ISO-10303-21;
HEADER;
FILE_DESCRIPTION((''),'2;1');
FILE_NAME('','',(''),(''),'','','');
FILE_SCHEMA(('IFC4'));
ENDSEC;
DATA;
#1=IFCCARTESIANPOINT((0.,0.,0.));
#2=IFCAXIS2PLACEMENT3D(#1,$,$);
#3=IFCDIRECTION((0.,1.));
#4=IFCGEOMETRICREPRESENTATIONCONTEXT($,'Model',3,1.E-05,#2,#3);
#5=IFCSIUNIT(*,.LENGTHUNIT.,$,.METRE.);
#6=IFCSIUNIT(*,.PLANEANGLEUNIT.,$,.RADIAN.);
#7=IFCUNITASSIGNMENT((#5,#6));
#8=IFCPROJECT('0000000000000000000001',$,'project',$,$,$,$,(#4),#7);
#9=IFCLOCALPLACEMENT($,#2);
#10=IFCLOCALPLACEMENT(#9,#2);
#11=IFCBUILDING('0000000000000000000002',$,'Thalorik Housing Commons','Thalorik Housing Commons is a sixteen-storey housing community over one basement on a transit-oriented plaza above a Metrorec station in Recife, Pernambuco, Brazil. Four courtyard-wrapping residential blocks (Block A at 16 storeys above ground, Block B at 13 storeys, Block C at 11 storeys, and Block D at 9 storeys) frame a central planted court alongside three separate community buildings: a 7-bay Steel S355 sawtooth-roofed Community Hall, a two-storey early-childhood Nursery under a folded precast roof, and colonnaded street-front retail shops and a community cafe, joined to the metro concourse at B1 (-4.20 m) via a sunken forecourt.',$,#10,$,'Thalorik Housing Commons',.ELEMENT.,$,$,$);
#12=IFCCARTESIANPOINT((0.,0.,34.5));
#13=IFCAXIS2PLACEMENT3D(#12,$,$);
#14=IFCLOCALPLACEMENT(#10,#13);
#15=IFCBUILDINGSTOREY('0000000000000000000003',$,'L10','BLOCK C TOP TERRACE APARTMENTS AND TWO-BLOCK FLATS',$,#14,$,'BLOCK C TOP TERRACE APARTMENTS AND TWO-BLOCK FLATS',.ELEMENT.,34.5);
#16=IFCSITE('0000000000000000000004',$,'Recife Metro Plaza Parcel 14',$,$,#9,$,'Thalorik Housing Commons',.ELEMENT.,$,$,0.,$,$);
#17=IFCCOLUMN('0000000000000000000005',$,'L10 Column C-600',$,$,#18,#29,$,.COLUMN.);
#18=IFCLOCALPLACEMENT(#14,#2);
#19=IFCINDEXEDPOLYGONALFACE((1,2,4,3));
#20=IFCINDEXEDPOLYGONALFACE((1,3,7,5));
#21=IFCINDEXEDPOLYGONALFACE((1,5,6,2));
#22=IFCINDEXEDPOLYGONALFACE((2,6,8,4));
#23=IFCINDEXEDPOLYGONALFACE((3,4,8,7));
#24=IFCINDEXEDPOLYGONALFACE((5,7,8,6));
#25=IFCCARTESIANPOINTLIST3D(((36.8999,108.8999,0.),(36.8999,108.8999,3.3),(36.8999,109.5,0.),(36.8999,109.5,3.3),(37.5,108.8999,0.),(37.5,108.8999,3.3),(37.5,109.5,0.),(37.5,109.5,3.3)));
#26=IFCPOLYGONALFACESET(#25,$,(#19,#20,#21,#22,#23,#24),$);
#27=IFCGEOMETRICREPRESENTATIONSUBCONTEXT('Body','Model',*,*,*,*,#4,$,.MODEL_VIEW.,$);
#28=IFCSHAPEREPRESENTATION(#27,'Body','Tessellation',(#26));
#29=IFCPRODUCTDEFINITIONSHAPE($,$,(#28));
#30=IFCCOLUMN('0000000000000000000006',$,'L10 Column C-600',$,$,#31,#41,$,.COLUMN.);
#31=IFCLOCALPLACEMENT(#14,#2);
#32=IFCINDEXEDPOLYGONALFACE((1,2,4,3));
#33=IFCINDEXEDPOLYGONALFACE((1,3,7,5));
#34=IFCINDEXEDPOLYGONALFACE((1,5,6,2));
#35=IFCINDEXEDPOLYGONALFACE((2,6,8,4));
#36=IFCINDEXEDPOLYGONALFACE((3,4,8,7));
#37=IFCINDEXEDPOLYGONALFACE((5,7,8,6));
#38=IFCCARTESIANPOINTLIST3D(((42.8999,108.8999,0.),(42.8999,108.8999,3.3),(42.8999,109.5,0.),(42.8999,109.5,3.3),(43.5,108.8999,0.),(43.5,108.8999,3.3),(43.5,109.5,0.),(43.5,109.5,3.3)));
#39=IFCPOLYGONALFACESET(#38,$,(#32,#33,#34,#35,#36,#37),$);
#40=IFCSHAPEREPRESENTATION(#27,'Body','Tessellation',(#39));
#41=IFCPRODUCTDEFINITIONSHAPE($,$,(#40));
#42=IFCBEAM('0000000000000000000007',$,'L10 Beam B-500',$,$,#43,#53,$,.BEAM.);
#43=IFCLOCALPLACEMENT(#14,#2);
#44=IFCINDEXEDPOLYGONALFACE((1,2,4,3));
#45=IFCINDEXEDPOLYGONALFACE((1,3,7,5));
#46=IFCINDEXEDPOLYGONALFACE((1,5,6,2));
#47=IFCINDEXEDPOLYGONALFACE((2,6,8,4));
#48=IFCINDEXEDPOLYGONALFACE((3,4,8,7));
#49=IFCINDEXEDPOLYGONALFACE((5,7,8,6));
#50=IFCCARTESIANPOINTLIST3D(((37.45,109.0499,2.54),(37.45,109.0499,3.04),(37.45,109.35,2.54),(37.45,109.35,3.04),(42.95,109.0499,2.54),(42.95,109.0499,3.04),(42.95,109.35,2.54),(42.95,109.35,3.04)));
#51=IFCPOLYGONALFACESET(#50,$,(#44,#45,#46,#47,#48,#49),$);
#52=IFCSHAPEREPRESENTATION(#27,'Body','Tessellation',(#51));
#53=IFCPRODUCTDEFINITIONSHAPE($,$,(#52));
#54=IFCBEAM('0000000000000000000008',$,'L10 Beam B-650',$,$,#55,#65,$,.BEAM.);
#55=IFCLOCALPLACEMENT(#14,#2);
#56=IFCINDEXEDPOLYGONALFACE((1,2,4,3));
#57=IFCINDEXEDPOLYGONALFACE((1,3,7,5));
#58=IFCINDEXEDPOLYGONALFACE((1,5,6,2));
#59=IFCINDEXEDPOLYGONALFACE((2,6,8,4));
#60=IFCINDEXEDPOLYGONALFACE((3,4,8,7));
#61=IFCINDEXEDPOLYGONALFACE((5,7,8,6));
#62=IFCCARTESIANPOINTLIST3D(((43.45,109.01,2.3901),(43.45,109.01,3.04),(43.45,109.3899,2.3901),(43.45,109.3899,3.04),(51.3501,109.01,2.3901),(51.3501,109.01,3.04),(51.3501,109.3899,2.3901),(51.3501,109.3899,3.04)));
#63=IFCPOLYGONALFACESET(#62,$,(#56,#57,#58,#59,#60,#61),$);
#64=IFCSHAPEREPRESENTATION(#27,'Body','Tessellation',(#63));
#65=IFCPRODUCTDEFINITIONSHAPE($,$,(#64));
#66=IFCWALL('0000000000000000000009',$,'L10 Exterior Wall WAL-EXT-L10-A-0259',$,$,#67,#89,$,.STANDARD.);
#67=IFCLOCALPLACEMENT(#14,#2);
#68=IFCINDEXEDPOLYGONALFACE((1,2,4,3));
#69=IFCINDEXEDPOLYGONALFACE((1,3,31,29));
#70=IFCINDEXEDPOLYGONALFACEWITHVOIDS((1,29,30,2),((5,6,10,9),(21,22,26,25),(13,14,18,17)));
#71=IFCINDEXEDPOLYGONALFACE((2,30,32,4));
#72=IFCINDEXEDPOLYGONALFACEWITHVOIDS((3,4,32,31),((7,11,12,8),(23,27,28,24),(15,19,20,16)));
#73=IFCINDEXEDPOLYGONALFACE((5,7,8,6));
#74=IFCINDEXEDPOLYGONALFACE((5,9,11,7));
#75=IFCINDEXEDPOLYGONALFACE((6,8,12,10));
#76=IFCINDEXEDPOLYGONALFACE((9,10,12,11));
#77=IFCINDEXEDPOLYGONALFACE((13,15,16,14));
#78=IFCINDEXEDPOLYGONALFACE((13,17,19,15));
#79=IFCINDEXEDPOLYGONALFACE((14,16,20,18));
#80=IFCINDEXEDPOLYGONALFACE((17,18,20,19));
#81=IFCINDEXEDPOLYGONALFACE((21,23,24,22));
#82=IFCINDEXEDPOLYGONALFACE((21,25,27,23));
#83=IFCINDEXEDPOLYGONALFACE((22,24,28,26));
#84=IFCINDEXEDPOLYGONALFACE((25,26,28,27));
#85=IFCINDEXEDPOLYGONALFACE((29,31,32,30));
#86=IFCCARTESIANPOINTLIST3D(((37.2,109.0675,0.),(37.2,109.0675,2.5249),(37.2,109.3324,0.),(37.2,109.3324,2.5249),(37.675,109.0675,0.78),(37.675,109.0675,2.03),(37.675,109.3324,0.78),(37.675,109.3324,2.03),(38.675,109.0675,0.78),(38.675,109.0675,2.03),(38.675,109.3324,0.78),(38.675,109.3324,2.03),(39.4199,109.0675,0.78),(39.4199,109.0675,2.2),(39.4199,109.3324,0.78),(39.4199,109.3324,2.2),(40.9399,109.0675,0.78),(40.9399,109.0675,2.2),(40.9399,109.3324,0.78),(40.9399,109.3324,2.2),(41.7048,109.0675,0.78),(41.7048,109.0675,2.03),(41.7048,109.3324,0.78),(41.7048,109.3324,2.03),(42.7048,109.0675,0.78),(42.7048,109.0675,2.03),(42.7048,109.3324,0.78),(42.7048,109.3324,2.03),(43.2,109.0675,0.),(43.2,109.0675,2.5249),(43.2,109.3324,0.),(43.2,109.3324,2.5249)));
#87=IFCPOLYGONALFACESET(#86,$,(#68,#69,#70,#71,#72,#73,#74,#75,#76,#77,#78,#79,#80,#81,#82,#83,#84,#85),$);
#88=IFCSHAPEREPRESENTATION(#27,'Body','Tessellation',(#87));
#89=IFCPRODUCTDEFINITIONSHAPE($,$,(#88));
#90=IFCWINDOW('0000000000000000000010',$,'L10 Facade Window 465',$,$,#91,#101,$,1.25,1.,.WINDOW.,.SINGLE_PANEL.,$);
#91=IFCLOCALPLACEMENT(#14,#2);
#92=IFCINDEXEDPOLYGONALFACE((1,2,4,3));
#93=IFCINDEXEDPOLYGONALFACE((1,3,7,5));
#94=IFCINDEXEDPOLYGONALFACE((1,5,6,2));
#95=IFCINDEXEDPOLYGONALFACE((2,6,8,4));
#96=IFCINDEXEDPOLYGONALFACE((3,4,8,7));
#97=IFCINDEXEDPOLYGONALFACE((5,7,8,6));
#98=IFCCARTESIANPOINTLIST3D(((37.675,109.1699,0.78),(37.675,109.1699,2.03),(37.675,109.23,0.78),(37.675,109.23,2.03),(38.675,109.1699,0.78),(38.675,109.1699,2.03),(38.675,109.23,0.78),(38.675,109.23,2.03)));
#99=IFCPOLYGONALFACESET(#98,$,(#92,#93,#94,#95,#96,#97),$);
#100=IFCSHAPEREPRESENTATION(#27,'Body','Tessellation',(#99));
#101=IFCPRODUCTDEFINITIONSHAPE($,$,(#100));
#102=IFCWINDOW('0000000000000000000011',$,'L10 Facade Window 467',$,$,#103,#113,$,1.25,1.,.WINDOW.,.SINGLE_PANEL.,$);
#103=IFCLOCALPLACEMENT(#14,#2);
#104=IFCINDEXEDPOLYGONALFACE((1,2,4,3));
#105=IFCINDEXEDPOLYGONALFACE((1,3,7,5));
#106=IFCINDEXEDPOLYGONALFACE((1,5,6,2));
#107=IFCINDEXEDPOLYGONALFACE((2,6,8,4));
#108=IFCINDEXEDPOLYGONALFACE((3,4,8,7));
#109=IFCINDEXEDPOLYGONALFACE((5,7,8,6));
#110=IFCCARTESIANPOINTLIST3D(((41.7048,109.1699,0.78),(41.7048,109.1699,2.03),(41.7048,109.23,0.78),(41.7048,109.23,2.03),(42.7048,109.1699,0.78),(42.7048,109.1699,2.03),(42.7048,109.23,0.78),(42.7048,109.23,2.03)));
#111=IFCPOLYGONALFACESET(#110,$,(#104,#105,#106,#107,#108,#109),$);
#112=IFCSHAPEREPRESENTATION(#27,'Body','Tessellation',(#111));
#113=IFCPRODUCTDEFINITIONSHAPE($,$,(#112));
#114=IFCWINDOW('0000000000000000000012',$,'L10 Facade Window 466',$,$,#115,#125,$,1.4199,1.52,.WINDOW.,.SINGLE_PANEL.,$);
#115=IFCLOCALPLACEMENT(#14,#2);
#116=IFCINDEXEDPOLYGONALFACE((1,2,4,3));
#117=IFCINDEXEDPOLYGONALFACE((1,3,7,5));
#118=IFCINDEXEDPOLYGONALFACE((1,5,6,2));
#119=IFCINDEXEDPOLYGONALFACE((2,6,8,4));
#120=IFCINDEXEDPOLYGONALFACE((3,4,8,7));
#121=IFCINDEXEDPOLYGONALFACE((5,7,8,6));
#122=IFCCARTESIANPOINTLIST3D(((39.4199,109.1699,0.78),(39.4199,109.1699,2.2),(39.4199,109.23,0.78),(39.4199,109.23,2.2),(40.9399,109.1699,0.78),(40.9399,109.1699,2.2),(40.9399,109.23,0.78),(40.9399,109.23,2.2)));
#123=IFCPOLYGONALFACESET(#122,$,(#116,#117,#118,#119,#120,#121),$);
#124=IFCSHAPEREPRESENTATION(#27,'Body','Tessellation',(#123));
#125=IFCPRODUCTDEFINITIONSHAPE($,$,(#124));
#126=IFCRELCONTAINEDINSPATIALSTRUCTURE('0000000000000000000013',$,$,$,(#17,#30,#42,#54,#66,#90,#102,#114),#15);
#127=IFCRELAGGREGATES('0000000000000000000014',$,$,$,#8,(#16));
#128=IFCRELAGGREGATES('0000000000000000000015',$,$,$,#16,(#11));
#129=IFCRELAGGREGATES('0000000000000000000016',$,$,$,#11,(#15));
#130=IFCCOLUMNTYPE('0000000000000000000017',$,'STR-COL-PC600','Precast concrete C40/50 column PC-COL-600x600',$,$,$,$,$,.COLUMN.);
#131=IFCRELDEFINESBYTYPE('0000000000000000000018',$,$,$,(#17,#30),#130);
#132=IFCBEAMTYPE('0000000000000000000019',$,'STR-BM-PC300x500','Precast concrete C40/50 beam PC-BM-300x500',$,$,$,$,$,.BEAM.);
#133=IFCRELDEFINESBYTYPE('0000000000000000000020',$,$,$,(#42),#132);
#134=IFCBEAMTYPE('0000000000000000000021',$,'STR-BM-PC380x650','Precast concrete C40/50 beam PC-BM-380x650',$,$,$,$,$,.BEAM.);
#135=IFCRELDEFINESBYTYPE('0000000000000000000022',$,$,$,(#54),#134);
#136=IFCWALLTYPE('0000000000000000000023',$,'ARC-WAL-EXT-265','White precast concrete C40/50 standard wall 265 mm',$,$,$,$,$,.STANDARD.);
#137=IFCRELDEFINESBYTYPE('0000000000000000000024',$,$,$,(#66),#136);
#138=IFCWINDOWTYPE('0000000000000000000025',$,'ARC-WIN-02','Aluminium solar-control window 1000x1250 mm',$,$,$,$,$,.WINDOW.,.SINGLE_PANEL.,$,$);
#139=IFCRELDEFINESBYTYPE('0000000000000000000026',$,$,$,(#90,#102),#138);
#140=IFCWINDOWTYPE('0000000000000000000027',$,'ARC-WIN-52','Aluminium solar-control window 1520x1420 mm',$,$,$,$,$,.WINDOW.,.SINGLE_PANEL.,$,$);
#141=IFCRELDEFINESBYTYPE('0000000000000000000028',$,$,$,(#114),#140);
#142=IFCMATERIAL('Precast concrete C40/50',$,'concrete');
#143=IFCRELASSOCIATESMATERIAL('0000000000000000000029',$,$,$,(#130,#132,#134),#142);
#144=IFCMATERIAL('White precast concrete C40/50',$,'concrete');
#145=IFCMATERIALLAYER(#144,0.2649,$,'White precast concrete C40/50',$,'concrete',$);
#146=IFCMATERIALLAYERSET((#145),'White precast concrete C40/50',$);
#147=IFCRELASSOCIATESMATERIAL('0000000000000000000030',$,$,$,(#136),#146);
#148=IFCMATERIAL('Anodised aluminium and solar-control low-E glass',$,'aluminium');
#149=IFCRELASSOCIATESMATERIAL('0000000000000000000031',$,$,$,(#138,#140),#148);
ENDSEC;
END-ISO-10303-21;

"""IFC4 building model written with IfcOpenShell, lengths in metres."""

from ifc_helpers import new_model, si_unit, direction, frame, frame_2d, origin, origin_2d, place, context, subcontext, project, spatial, rectangle, extrude, material, layer, layer_set, material_profile, profile_set, type_object, element, fill, save


model = new_model("IFC4")

# Units and contexts
model_context = context("Model", 3, precision=1e-05, world=origin(), true_north=direction((0.0, 1.0)))
body_context = subcontext(model_context, "Body", "Model", "MODEL_VIEW")
ifc_project = project(units=[si_unit("LENGTHUNIT", "METRE"), si_unit("PLANEANGLEUNIT", "RADIAN")], contexts=[model_context])

# Site, building, storey
site_placement = place(None, origin())
site = spatial("IfcSite", under=ifc_project, at=site_placement, Name="Recife Metro Plaza Parcel 14", LongName="Thalorik Housing Commons", CompositionType="ELEMENT", RefElevation=0.0)
building_placement = place(site_placement, origin())
building = spatial("IfcBuilding", under=site, at=building_placement, Name="Thalorik Housing Commons", Description="Thalorik Housing Commons is a sixteen-storey housing community over one basement on a transit-oriented plaza above a Metrorec station in Recife, Pernambuco, Brazil. Four courtyard-wrapping residential blocks (Block A at 16 storeys above ground, Block B at 13 storeys, Block C at 11 storeys, and Block D at 9 storeys) frame a central planted court alongside three separate community buildings: a 7-bay Steel S355 sawtooth-roofed Community Hall, a two-storey early-childhood Nursery under a folded precast roof, and colonnaded street-front retail shops and a community cafe, joined to the metro concourse at B1 (-4.20 m) via a sunken forecourt.", LongName="Thalorik Housing Commons", CompositionType="ELEMENT")
storey_placement = place(building_placement, frame((0.0, 0.0, 34.5)))
storey = spatial("IfcBuildingStorey", under=building, at=storey_placement, Name="L10", Description="BLOCK C TOP TERRACE APARTMENTS AND TWO-BLOCK FLATS", LongName="BLOCK C TOP TERRACE APARTMENTS AND TWO-BLOCK FLATS", CompositionType="ELEMENT", Elevation=34.5)

# Columns
ifc_material_1 = material(Name="Precast concrete C40/50", Category="concrete")
ifc_material_profile_1 = material_profile(ifc_material_1, rectangle(XDim=0.6001, YDim=0.6001, at=origin_2d()), Name="PC 600x600", Category="concrete")
ifc_profile_set_1 = profile_set([ifc_material_profile_1], Name="Precast concrete C40/50")
column_type = type_object("IfcColumnType", Name="STR-COL-PC600", Description="Precast concrete C40/50 column PC-COL-600x600", PredefinedType="COLUMN", material=ifc_profile_set_1)
for number, where, z_axis, x_axis, name in (
    (1, (37.2, 109.2, 0.0), (0.0, 0.0, 1.0), (1.0, 0.0, 0.0), "L10 Column C-600"),
    (2, (43.2, 109.2, 0.0), (0.0, 0.0, 1.0), (1.0, 0.0, 0.0), "L10 Column C-600"),
):
    element("IfcColumn", number, at=place(storey_placement, frame(where, z_axis=z_axis, x_axis=x_axis)), inside=storey, type_object=column_type, Name=name, PredefinedType="COLUMN", context=body_context, shape_type="SweptSolid", body=[
        extrude(rectangle(XDim=0.6001, YDim=0.6001, at=origin_2d()), origin(), (0.0, 0.0, 1.0), 3.3),
    ])

# Beams
ifc_material_profile_2 = material_profile(ifc_material_1, rectangle(XDim=0.3, YDim=0.5, at=origin_2d()), Name="PC 300x500", Category="concrete")
ifc_profile_set_2 = profile_set([ifc_material_profile_2], Name="Precast concrete C40/50")
beam_type_1 = type_object("IfcBeamType", Name="STR-BM-PC300x500", Description="Precast concrete C40/50 beam PC-BM-300x500", PredefinedType="BEAM", material=ifc_profile_set_2)
beam_1_placement = place(storey_placement, frame((37.45, 109.2, 2.79), z_axis=(1.0, 0.0, 0.0), x_axis=(0.0, 1.0, 0.0)))
element("IfcBeam", 3, at=beam_1_placement, inside=storey, type_object=beam_type_1, Name="L10 Beam B-500", PredefinedType="BEAM", context=body_context, shape_type="SweptSolid", body=[
    extrude(rectangle(XDim=0.3, YDim=0.5, at=origin_2d()), origin(), (0.0, 0.0, 1.0), 5.5),
])
ifc_material_profile_3 = material_profile(ifc_material_1, rectangle(XDim=0.3799, YDim=0.6499, at=origin_2d()), Name="PC 380x650", Category="concrete")
ifc_profile_set_3 = profile_set([ifc_material_profile_3], Name="Precast concrete C40/50")
beam_type_2 = type_object("IfcBeamType", Name="STR-BM-PC380x650", Description="Precast concrete C40/50 beam PC-BM-380x650", PredefinedType="BEAM", material=ifc_profile_set_3)
beam_2_placement = place(storey_placement, frame((43.45, 109.2, 2.7151), z_axis=(1.0, 0.0, 0.0), x_axis=(0.0, 1.0, 0.0)))
element("IfcBeam", 4, at=beam_2_placement, inside=storey, type_object=beam_type_2, Name="L10 Beam B-650", PredefinedType="BEAM", context=body_context, shape_type="SweptSolid", body=[
    extrude(rectangle(XDim=0.3799, YDim=0.6499, at=origin_2d()), origin(), (0.0, 0.0, 1.0), 7.9001),
])

# Wall, openings, windows
ifc_material_2 = material(Name="White precast concrete C40/50", Category="concrete")
ifc_layer_1 = layer(ifc_material_2, 0.2649, Name="White precast concrete C40/50", Category="concrete")
ifc_layer_set_1 = layer_set([ifc_layer_1], Name="White precast concrete C40/50")
wall_type = type_object("IfcWallType", Name="ARC-WAL-EXT-265", Description="White precast concrete C40/50 standard wall 265 mm", PredefinedType="STANDARD", material=ifc_layer_set_1)
wall_1_placement = place(storey_placement, frame((37.2, 109.2, 0.0), z_axis=(0.0, 0.0, 1.0), x_axis=(1.0, 0.0, 0.0)))
wall_1 = element("IfcWall", 5, at=wall_1_placement, inside=storey, type_object=wall_type, Name="L10 Exterior Wall WAL-EXT-L10-A-0259", PredefinedType="STANDARD", context=body_context, shape_type="SweptSolid", body=[
    extrude(rectangle(XDim=6.0, YDim=0.2649, at=frame_2d((3.0, 0.0))), origin(), (0.0, 0.0, 1.0), 2.5249),
])
opening_1_placement = place(wall_1_placement, frame((0.4751, 0.0, 0.78)))
opening_1 = element("IfcOpeningElement", 6, at=opening_1_placement, cuts=wall_1, PredefinedType="OPENING", context=body_context, shape_type="SweptSolid", body=[
    extrude(rectangle(XDim=1.0, YDim=1.25, at=frame_2d((0.5, 0.625))), frame((0.0, 0.1426, 0.0), z_axis=(0.0, -1.0, 0.0), x_axis=(1.0, 0.0, 0.0)), (0.0, 0.0, 1.0), 0.2849),
])
opening_2_placement = place(wall_1_placement, frame((2.22, 0.0, 0.78)))
opening_2 = element("IfcOpeningElement", 7, at=opening_2_placement, cuts=wall_1, PredefinedType="OPENING", context=body_context, shape_type="SweptSolid", body=[
    extrude(rectangle(XDim=1.52, YDim=1.4199, at=frame_2d((0.76, 0.71))), frame((0.0, 0.1426, 0.0), z_axis=(0.0, -1.0, 0.0), x_axis=(1.0, 0.0, 0.0)), (0.0, 0.0, 1.0), 0.2849),
])
opening_3_placement = place(wall_1_placement, frame((4.5049, 0.0, 0.78)))
opening_3 = element("IfcOpeningElement", 8, at=opening_3_placement, cuts=wall_1, PredefinedType="OPENING", context=body_context, shape_type="SweptSolid", body=[
    extrude(rectangle(XDim=1.0, YDim=1.25, at=frame_2d((0.5, 0.625))), frame((0.0, 0.1426, 0.0), z_axis=(0.0, -1.0, 0.0), x_axis=(1.0, 0.0, 0.0)), (0.0, 0.0, 1.0), 0.2849),
])
ifc_material_3 = material(Name="Anodised aluminium and solar-control low-E glass", Category="aluminium")
window_type_1 = type_object("IfcWindowType", Name="ARC-WIN-02", Description="Aluminium solar-control window 1000x1250 mm", PartitioningType="SINGLE_PANEL", PredefinedType="WINDOW", material=ifc_material_3)
window_1_placement = place(opening_1_placement, origin())
window_1 = element("IfcWindow", 9, at=window_1_placement, inside=storey, type_object=window_type_1, Name="L10 Facade Window 465", OverallHeight=1.25, OverallWidth=1.0, PartitioningType="SINGLE_PANEL", PredefinedType="WINDOW", context=body_context, shape_type="SweptSolid", body=[
    extrude(rectangle(XDim=1.0, YDim=1.25, at=frame_2d((0.5, 0.625))), frame((0.0, 0.03, 0.0), z_axis=(0.0, -1.0, 0.0), x_axis=(1.0, 0.0, 0.0)), (0.0, 0.0, 1.0), 0.0601),
])
fill(opening_1, window_1)
window_2_placement = place(opening_3_placement, origin())
window_2 = element("IfcWindow", 10, at=window_2_placement, inside=storey, type_object=window_type_1, Name="L10 Facade Window 467", OverallHeight=1.25, OverallWidth=1.0, PartitioningType="SINGLE_PANEL", PredefinedType="WINDOW", context=body_context, shape_type="SweptSolid", body=[
    extrude(rectangle(XDim=1.0, YDim=1.25, at=frame_2d((0.5, 0.625))), frame((0.0, 0.03, 0.0), z_axis=(0.0, -1.0, 0.0), x_axis=(1.0, 0.0, 0.0)), (0.0, 0.0, 1.0), 0.0601),
])
fill(opening_3, window_2)
window_type_2 = type_object("IfcWindowType", Name="ARC-WIN-52", Description="Aluminium solar-control window 1520x1420 mm", PartitioningType="SINGLE_PANEL", PredefinedType="WINDOW", material=ifc_material_3)
window_3_placement = place(opening_2_placement, origin())
window_3 = element("IfcWindow", 11, at=window_3_placement, inside=storey, type_object=window_type_2, Name="L10 Facade Window 466", OverallHeight=1.4199, OverallWidth=1.52, PartitioningType="SINGLE_PANEL", PredefinedType="WINDOW", context=body_context, shape_type="SweptSolid", body=[
    extrude(rectangle(XDim=1.52, YDim=1.4199, at=frame_2d((0.76, 0.71))), frame((0.0, 0.03, 0.0), z_axis=(0.0, -1.0, 0.0), x_axis=(1.0, 0.0, 0.0)), (0.0, 0.0, 1.0), 0.0601),
])
fill(opening_2, window_3)

save(model, "model.ifc")
